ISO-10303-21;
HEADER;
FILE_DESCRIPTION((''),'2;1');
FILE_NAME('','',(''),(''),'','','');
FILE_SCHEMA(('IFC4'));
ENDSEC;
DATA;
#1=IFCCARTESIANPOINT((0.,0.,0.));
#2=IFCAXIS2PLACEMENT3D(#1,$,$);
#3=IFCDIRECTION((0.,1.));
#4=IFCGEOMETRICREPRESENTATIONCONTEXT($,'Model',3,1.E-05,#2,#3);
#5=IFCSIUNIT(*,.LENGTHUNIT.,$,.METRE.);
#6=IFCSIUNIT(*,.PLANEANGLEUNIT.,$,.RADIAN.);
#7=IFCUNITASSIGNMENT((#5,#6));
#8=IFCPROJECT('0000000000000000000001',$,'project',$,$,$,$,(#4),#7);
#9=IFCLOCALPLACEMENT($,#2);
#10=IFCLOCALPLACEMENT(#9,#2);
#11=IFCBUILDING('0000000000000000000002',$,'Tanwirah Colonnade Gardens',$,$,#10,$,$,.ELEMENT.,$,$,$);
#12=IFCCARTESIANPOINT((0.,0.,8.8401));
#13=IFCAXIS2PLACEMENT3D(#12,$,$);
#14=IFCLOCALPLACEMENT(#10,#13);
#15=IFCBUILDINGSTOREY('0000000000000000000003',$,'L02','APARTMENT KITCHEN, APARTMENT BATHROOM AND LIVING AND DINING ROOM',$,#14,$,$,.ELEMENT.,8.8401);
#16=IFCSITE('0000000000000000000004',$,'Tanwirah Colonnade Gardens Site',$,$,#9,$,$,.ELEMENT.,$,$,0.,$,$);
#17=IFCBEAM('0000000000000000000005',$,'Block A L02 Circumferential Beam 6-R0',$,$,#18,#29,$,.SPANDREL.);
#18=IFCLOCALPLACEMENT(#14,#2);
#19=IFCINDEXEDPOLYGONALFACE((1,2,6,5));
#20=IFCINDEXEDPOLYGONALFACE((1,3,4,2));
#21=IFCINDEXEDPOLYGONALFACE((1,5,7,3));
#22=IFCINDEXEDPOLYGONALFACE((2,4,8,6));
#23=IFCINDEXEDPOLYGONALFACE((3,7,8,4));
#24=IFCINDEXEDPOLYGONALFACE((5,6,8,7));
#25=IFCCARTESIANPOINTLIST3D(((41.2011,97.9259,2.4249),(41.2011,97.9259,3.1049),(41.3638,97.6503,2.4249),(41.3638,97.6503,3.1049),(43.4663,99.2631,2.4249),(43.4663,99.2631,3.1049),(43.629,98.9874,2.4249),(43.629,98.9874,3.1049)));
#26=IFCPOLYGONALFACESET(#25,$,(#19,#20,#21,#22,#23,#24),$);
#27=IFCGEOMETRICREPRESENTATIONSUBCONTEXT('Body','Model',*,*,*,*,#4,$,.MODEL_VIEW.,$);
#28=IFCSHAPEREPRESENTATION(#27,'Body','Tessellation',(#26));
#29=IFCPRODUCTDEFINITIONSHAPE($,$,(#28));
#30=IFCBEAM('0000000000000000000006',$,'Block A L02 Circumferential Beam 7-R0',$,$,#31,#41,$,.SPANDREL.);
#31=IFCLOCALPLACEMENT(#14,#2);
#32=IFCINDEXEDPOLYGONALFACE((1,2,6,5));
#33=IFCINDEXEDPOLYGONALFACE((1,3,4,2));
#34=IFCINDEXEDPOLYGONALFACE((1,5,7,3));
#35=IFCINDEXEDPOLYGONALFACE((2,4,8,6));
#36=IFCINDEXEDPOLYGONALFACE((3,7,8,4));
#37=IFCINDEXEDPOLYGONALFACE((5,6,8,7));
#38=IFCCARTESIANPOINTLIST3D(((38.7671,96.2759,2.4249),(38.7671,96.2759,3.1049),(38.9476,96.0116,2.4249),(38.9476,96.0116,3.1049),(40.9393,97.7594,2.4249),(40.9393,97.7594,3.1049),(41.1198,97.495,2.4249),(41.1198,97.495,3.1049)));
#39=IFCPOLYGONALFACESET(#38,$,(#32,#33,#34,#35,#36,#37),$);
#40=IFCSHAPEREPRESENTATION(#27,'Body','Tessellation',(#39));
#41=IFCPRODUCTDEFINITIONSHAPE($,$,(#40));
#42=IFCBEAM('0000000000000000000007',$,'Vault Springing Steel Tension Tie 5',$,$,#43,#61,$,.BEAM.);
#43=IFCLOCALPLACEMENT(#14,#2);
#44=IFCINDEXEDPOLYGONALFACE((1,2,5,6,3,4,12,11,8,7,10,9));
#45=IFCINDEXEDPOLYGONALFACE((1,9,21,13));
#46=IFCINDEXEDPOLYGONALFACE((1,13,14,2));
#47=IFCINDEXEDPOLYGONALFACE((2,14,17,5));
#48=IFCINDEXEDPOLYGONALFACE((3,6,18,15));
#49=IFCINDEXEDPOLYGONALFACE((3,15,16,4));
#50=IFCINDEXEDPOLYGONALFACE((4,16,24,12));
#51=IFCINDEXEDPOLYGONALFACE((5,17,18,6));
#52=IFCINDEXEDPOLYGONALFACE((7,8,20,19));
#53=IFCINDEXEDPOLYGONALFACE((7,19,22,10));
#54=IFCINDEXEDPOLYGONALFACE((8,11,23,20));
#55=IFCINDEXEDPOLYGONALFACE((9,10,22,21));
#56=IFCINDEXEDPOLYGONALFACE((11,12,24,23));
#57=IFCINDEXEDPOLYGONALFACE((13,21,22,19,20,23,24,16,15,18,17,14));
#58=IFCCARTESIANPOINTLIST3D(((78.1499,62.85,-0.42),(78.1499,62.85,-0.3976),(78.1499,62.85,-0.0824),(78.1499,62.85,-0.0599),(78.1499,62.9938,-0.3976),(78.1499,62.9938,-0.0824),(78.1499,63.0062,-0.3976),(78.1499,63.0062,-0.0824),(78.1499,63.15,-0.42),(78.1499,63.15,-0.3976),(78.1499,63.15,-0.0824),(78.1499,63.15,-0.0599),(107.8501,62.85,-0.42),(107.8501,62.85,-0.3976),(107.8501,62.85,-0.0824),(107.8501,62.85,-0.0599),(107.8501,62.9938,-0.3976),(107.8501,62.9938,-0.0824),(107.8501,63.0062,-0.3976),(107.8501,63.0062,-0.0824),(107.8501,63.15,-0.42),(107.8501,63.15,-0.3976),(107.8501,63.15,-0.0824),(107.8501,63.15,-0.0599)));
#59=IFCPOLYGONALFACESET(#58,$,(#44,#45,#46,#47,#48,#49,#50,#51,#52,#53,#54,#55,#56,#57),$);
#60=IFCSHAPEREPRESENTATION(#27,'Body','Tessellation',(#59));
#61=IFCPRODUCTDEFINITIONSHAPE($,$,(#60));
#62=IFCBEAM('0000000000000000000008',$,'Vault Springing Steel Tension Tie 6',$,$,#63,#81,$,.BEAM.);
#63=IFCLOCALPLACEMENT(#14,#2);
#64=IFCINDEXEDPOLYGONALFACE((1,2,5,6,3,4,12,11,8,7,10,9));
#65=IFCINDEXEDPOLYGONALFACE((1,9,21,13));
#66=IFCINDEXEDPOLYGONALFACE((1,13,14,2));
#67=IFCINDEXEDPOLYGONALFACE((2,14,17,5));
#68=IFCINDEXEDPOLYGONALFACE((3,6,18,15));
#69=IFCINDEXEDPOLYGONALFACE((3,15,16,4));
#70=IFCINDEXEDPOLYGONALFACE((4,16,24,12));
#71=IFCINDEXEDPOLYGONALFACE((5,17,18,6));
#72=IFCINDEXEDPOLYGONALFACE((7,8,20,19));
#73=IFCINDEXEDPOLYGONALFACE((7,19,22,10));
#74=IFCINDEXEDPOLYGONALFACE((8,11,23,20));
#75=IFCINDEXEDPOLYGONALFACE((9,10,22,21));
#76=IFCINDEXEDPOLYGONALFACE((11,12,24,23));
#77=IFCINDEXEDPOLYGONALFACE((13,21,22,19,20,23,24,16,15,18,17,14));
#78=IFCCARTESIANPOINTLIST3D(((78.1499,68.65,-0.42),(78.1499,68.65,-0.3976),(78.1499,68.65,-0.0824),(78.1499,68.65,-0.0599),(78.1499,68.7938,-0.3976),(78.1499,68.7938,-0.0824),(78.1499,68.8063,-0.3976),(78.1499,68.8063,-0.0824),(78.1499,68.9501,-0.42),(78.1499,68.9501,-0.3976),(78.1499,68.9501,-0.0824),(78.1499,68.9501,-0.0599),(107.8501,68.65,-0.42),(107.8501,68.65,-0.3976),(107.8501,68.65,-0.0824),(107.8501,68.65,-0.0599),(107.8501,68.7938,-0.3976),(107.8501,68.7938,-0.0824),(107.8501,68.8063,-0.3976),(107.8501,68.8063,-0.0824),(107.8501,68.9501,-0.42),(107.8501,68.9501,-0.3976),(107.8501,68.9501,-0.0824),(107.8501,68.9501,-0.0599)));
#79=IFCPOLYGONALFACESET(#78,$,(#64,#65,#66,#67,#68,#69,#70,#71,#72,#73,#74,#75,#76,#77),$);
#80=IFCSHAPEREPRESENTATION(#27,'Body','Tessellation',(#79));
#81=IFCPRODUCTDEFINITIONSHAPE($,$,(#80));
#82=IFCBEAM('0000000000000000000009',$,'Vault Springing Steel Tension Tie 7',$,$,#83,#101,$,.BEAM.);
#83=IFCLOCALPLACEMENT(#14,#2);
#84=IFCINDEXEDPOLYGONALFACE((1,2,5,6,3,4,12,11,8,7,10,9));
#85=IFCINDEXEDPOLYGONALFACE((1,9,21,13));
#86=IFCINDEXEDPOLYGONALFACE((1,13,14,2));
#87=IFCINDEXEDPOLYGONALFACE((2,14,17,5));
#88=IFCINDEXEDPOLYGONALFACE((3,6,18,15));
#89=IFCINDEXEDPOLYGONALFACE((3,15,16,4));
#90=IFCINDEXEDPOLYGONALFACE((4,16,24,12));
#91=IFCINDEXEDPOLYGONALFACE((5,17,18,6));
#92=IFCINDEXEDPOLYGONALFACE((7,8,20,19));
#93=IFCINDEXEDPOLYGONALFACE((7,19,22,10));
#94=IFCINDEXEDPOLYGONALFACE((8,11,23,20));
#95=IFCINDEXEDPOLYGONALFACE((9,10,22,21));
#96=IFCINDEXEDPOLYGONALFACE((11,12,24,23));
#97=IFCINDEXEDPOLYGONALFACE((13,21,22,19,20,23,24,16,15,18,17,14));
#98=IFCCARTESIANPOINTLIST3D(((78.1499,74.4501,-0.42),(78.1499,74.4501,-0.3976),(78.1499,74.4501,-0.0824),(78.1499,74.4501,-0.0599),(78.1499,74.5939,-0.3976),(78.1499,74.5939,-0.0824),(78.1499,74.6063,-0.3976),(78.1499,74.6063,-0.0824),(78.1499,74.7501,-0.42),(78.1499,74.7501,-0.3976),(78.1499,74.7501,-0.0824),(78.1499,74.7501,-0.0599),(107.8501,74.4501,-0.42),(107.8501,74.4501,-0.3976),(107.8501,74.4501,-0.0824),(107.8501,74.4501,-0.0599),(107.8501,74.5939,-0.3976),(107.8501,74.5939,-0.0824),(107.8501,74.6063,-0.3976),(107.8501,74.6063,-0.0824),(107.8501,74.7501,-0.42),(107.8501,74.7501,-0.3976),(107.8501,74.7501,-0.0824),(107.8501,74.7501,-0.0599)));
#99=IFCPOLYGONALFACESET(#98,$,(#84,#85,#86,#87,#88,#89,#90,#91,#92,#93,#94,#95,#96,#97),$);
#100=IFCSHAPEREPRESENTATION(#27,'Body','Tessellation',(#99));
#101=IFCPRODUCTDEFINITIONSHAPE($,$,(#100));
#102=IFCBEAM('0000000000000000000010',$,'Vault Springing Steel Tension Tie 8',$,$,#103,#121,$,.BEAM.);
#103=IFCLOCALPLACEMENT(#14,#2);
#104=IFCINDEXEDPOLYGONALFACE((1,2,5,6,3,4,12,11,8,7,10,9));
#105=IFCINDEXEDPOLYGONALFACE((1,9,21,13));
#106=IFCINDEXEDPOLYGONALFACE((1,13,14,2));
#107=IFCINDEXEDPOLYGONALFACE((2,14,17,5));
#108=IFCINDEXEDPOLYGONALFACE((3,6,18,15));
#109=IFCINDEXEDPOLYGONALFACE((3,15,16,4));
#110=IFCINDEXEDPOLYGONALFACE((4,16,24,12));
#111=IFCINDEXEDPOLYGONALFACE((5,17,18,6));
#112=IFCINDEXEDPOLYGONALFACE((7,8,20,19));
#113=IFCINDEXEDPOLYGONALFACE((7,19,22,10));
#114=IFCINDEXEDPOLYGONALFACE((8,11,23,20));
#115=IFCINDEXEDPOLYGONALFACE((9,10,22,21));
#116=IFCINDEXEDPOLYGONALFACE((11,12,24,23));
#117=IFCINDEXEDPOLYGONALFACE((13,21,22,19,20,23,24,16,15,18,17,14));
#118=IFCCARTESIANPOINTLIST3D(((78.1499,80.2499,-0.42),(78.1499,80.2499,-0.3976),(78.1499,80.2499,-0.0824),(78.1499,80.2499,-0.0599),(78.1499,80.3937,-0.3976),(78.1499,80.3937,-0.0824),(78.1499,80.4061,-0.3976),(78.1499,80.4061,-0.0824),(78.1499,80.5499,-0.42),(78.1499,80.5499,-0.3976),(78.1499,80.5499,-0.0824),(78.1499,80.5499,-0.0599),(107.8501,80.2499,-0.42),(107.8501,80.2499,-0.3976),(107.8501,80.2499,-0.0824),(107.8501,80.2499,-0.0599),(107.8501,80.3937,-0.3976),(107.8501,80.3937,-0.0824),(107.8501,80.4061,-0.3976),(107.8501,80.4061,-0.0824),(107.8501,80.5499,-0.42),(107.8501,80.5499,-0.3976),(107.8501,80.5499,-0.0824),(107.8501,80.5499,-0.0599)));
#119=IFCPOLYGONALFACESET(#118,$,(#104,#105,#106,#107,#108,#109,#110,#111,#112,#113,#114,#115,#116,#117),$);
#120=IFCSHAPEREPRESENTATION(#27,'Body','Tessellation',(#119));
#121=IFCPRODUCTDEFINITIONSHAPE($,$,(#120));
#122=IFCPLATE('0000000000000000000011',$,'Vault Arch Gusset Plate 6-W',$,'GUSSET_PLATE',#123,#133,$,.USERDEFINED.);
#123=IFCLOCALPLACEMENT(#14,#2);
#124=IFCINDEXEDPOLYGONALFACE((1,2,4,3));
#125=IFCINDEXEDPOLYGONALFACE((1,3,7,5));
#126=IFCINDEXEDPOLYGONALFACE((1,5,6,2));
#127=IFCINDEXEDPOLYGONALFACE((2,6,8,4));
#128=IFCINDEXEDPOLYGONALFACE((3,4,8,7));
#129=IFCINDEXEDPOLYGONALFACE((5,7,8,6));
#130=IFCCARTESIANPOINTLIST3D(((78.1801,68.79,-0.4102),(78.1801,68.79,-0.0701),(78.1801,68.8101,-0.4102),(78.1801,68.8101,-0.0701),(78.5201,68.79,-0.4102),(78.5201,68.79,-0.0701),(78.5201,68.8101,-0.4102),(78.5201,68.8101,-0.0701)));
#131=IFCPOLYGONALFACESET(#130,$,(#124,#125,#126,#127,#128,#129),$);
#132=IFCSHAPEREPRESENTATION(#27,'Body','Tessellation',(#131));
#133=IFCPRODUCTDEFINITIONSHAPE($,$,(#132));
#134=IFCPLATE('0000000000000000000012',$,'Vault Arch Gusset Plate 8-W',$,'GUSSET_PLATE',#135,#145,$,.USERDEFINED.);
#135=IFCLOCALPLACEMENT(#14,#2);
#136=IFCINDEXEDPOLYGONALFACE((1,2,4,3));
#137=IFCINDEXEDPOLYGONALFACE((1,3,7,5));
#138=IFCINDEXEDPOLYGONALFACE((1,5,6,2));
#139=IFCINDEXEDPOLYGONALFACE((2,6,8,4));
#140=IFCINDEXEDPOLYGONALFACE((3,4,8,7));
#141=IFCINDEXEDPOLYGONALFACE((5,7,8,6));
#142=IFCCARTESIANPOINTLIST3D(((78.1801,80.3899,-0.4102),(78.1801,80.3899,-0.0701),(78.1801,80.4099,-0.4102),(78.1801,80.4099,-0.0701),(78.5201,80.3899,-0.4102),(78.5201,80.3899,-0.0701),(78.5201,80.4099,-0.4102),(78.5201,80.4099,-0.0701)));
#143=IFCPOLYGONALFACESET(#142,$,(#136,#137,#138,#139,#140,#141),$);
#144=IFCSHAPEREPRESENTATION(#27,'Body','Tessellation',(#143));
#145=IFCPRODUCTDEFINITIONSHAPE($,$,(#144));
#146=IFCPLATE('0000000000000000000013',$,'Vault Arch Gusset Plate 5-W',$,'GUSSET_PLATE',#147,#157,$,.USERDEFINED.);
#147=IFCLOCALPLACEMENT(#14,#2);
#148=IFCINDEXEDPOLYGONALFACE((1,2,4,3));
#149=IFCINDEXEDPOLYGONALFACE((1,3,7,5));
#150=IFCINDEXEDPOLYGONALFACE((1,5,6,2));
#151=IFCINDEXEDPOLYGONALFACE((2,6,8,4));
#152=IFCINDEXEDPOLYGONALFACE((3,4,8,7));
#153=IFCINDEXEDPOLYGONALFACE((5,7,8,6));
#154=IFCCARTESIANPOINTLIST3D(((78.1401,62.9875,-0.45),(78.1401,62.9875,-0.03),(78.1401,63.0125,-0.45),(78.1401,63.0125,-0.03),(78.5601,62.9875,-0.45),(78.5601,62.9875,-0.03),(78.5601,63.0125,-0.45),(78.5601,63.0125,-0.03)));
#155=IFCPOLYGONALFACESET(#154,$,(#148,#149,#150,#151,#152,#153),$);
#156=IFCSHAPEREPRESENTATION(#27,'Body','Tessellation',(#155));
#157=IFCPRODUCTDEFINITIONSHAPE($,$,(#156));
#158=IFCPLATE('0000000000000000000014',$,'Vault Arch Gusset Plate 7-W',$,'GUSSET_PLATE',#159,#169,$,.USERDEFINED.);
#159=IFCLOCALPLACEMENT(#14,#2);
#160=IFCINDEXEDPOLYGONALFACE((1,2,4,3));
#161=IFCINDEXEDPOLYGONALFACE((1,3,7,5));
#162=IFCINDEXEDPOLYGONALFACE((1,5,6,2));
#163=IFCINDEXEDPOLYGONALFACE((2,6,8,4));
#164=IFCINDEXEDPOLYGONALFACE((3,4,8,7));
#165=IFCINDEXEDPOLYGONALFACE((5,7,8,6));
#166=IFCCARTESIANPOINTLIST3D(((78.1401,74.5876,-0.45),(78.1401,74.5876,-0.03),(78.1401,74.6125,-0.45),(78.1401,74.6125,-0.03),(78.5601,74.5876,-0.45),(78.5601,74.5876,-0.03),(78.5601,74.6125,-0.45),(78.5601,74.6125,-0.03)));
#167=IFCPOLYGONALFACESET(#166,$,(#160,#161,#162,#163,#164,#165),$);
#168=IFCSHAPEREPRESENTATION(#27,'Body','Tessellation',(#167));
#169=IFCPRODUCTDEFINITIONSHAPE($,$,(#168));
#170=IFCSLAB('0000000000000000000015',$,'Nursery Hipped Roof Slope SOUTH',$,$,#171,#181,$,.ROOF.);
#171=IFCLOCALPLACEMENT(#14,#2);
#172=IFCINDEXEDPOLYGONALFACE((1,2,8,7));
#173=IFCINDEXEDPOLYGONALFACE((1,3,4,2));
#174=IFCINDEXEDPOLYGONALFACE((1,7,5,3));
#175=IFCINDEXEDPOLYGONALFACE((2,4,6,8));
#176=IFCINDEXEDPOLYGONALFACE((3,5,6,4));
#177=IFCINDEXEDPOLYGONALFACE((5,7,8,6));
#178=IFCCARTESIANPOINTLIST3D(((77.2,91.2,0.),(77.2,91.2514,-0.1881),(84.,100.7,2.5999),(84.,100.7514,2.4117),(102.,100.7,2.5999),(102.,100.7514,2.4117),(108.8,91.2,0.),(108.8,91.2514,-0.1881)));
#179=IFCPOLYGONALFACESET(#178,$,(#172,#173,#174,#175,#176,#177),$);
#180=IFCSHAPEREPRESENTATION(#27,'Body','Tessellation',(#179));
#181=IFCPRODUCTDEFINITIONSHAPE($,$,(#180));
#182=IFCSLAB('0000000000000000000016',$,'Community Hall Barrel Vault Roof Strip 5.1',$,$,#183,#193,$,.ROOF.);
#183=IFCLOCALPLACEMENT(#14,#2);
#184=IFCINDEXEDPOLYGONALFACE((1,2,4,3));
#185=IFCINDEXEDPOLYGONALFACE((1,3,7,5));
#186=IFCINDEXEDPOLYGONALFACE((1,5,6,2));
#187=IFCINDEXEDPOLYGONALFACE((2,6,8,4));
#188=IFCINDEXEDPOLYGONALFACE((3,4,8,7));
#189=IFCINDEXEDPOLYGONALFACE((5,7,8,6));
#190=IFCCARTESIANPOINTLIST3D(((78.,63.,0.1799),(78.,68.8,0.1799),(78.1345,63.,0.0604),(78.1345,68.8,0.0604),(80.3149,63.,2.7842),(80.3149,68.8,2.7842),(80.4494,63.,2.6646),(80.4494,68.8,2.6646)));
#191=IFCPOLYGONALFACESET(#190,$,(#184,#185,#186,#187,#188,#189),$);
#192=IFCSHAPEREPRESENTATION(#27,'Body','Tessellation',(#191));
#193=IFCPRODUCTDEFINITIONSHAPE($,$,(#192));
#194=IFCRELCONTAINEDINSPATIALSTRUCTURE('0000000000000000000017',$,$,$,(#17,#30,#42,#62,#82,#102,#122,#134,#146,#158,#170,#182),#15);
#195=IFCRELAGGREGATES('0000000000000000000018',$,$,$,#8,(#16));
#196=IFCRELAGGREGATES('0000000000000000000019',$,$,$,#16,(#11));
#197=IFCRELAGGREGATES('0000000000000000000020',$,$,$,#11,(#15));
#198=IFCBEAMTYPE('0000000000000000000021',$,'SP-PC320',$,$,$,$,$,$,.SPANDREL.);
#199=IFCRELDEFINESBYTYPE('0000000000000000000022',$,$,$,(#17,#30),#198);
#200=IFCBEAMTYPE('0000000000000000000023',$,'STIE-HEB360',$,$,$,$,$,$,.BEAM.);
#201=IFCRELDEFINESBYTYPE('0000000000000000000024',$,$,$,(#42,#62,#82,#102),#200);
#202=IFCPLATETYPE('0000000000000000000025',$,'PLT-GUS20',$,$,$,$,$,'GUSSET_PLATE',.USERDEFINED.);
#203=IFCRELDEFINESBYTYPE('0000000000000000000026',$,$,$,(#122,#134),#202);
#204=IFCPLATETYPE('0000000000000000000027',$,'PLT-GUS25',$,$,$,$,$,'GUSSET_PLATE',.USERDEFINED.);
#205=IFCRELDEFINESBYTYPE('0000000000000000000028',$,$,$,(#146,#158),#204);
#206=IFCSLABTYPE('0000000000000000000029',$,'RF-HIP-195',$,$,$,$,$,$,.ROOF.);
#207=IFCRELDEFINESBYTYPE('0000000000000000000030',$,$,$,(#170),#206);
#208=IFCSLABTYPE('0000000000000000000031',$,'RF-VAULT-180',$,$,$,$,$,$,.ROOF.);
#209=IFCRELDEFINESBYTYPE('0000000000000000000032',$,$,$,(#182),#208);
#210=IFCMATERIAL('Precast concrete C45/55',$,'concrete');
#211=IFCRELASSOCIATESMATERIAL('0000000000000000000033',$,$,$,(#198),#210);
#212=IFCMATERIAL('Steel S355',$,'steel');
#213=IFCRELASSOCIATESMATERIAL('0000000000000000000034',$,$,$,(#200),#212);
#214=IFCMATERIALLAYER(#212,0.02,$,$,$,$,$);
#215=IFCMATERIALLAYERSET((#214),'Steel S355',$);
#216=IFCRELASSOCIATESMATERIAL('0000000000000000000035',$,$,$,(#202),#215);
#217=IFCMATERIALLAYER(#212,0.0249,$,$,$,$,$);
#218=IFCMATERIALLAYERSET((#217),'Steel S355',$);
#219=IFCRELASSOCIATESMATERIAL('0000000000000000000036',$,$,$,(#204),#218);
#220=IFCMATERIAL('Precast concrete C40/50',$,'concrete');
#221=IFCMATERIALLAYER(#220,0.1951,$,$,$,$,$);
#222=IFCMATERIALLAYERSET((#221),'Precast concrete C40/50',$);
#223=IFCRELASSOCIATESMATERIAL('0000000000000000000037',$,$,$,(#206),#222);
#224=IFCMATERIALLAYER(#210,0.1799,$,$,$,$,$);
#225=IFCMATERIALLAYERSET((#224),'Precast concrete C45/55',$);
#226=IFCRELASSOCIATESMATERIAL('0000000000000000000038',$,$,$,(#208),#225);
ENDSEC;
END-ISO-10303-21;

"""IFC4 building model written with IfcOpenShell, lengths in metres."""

from ifc_helpers import new_model, si_unit, direction, frame, origin, origin_2d, place, context, subcontext, project, spatial, polyline, rectangle, i_section, outline, extrude, material, layer, layer_set, material_profile, profile_set, type_object, element, save


model = new_model("IFC4")

# Units and contexts
model_context = context("Model", 3, precision=1e-05, world=origin(), true_north=direction((0.0, 1.0)))
body_context = subcontext(model_context, "Body", "Model", "MODEL_VIEW")
ifc_project = project(units=[si_unit("LENGTHUNIT", "METRE"), si_unit("PLANEANGLEUNIT", "RADIAN")], contexts=[model_context])

# Site, building, storey
site_placement = place(None, origin())
site = spatial("IfcSite", under=ifc_project, at=site_placement, Name="Tanwirah Colonnade Gardens Site", CompositionType="ELEMENT", RefElevation=0.0)
building_placement = place(site_placement, origin())
building = spatial("IfcBuilding", under=site, at=building_placement, Name="Tanwirah Colonnade Gardens", CompositionType="ELEMENT")
storey_placement = place(building_placement, frame((0.0, 0.0, 8.8401)))
storey = spatial("IfcBuildingStorey", under=building, at=storey_placement, Name="L02", Description="APARTMENT KITCHEN, APARTMENT BATHROOM AND LIVING AND DINING ROOM", CompositionType="ELEMENT", Elevation=8.8401)

# Shared definitions
ifc_material_1 = material(Name="Precast concrete C45/55", Category="concrete")
ifc_material_2 = material(Name="Precast concrete C40/50", Category="concrete")

# Shared definitions
ifc_material_3 = material(Name="Steel S355", Category="steel")

# Beams
ifc_material_profile_1 = material_profile(ifc_material_1, rectangle(XDim=0.3201, YDim=0.6799, at=origin_2d()), Name="PC-SP 320x680")
ifc_profile_set_1 = profile_set([ifc_material_profile_1], Name="Precast concrete C45/55")
beam_type_1 = type_object("IfcBeamType", Name="SP-PC320", PredefinedType="SPANDREL", material=ifc_profile_set_1)
for number, where, z_axis, x_axis, name in (
    (1, (43.5476, 99.1252, 2.7649), (-0.861148, -0.508354, 0.0), (0.508354, -0.861148, 0.0), "Block A L02 Circumferential Beam 6-R0"),
    (2, (41.0295, 97.6272, 2.7649), (-0.825801, -0.563962, 0.0), (0.563962, -0.825801, 0.0), "Block A L02 Circumferential Beam 7-R0"),
):
    element("IfcBeam", number, at=place(storey_placement, frame(where, z_axis=z_axis, x_axis=x_axis)), inside=storey, type_object=beam_type_1, Name=name, PredefinedType="SPANDREL", context=body_context, shape_type="SweptSolid", body=[
        extrude(rectangle(XDim=0.3201, YDim=0.6799, at=origin_2d()), origin(), (0.0, 0.0, 1.0), 2.6304),
    ])
ifc_material_profile_2 = material_profile(ifc_material_3, i_section(OverallWidth=0.3, OverallDepth=0.3601, WebThickness=0.0125, FlangeThickness=0.0225, at=origin_2d()), Name="HEB 360")
ifc_profile_set_2 = profile_set([ifc_material_profile_2], Name="Steel S355")
beam_type_2 = type_object("IfcBeamType", Name="STIE-HEB360", PredefinedType="BEAM", material=ifc_profile_set_2)
for number, where, z_axis, x_axis, name in (
    (3, (78.1499, 63.0, -0.24), (1.0, 0.0, 0.0), (0.0, 1.0, 0.0), "Vault Springing Steel Tension Tie 5"),
    (4, (78.1499, 68.8, -0.24), (1.0, 0.0, 0.0), (0.0, 1.0, 0.0), "Vault Springing Steel Tension Tie 6"),
    (5, (78.1499, 74.6001, -0.24), (1.0, 0.0, 0.0), (0.0, 1.0, 0.0), "Vault Springing Steel Tension Tie 7"),
    (6, (78.1499, 80.3999, -0.24), (1.0, 0.0, 0.0), (0.0, 1.0, 0.0), "Vault Springing Steel Tension Tie 8"),
):
    element("IfcBeam", number, at=place(storey_placement, frame(where, z_axis=z_axis, x_axis=x_axis)), inside=storey, type_object=beam_type_2, Name=name, PredefinedType="BEAM", context=body_context, shape_type="SweptSolid", body=[
        extrude(i_section(OverallWidth=0.3, OverallDepth=0.3601, WebThickness=0.0125, FlangeThickness=0.0225, at=origin_2d()), origin(), (0.0, 0.0, 1.0), 29.7002),
    ])

# Plates
ifc_layer_1 = layer(ifc_material_3, 0.02)
ifc_layer_set_1 = layer_set([ifc_layer_1], Name="Steel S355")
plate_type_1 = type_object("IfcPlateType", Name="PLT-GUS20", ElementType="GUSSET_PLATE", PredefinedType="USERDEFINED", material=ifc_layer_set_1)
for number, where, z_axis, x_axis, name in (
    (7, (78.3501, 68.8, -0.4102), (0.0, 0.0, 1.0), (1.0, 0.0, 0.0), "Vault Arch Gusset Plate 6-W"),
    (8, (78.3501, 80.3999, -0.4102), (0.0, 0.0, 1.0), (1.0, 0.0, 0.0), "Vault Arch Gusset Plate 8-W"),
):
    element("IfcPlate", number, at=place(storey_placement, frame(where, z_axis=z_axis, x_axis=x_axis)), inside=storey, type_object=plate_type_1, Name=name, ObjectType="GUSSET_PLATE", PredefinedType="USERDEFINED", context=body_context, shape_type="SweptSolid", body=[
        extrude(rectangle(XDim=0.3401, YDim=0.02, at=origin_2d()), origin(), (0.0, 0.0, 1.0), 0.3401),
    ])
ifc_layer_2 = layer(ifc_material_3, 0.0249)
ifc_layer_set_2 = layer_set([ifc_layer_2], Name="Steel S355")
plate_type_2 = type_object("IfcPlateType", Name="PLT-GUS25", ElementType="GUSSET_PLATE", PredefinedType="USERDEFINED", material=ifc_layer_set_2)
for number, where, z_axis, x_axis, name in (
    (9, (78.3501, 63.0, -0.45), (0.0, 0.0, 1.0), (1.0, 0.0, 0.0), "Vault Arch Gusset Plate 5-W"),
    (10, (78.3501, 74.6001, -0.45), (0.0, 0.0, 1.0), (1.0, 0.0, 0.0), "Vault Arch Gusset Plate 7-W"),
):
    element("IfcPlate", number, at=place(storey_placement, frame(where, z_axis=z_axis, x_axis=x_axis)), inside=storey, type_object=plate_type_2, Name=name, ObjectType="GUSSET_PLATE", PredefinedType="USERDEFINED", context=body_context, shape_type="SweptSolid", body=[
        extrude(rectangle(XDim=0.4199, YDim=0.0249, at=origin_2d()), origin(), (0.0, 0.0, 1.0), 0.4199),
    ])

# Slabs
ifc_layer_3 = layer(ifc_material_2, 0.1951)
ifc_layer_set_3 = layer_set([ifc_layer_3], Name="Precast concrete C40/50")
slab_type_1 = type_object("IfcSlabType", Name="RF-HIP-195", PredefinedType="ROOF", material=ifc_layer_set_3)
slab_1_placement = place(storey_placement, frame((77.2, 91.2, 0.0), z_axis=(0.0, -0.263963, 0.964533), x_axis=(1.0, 0.0, 0.0)))
element("IfcSlab", 11, at=slab_1_placement, inside=storey, type_object=slab_type_1, Name="Nursery Hipped Roof Slope SOUTH", PredefinedType="ROOF", context=body_context, shape_type="SweptSolid", body=[
    extrude(outline(polyline([(0.0, 0.0), (31.6001, 0.0), (24.8, 9.8493), (6.8, 9.8493), (0.0, 0.0)])), origin(), (0.0, 0.0, -1.0), 0.1951),
])
ifc_layer_4 = layer(ifc_material_1, 0.1799)
ifc_layer_set_4 = layer_set([ifc_layer_4], Name="Precast concrete C45/55")
slab_type_2 = type_object("IfcSlabType", Name="RF-VAULT-180", PredefinedType="ROOF", material=ifc_layer_set_4)
slab_2_placement = place(storey_placement, frame((78.0, 63.0, 0.1799), z_axis=(-0.747402, 0.0, 0.664373), x_axis=(0.664373, 0.0, 0.747402)))
element("IfcSlab", 12, at=slab_2_placement, inside=storey, type_object=slab_type_2, Name="Community Hall Barrel Vault Roof Strip 5.1", PredefinedType="ROOF", context=body_context, shape_type="SweptSolid", body=[
    extrude(outline(polyline([(0.0, 0.0), (3.4844, 0.0), (3.4844, 5.8), (0.0, 5.8), (0.0, 0.0)])), origin(), (0.0, 0.0, -1.0), 0.1799),
])

save(model, "model.ifc")
